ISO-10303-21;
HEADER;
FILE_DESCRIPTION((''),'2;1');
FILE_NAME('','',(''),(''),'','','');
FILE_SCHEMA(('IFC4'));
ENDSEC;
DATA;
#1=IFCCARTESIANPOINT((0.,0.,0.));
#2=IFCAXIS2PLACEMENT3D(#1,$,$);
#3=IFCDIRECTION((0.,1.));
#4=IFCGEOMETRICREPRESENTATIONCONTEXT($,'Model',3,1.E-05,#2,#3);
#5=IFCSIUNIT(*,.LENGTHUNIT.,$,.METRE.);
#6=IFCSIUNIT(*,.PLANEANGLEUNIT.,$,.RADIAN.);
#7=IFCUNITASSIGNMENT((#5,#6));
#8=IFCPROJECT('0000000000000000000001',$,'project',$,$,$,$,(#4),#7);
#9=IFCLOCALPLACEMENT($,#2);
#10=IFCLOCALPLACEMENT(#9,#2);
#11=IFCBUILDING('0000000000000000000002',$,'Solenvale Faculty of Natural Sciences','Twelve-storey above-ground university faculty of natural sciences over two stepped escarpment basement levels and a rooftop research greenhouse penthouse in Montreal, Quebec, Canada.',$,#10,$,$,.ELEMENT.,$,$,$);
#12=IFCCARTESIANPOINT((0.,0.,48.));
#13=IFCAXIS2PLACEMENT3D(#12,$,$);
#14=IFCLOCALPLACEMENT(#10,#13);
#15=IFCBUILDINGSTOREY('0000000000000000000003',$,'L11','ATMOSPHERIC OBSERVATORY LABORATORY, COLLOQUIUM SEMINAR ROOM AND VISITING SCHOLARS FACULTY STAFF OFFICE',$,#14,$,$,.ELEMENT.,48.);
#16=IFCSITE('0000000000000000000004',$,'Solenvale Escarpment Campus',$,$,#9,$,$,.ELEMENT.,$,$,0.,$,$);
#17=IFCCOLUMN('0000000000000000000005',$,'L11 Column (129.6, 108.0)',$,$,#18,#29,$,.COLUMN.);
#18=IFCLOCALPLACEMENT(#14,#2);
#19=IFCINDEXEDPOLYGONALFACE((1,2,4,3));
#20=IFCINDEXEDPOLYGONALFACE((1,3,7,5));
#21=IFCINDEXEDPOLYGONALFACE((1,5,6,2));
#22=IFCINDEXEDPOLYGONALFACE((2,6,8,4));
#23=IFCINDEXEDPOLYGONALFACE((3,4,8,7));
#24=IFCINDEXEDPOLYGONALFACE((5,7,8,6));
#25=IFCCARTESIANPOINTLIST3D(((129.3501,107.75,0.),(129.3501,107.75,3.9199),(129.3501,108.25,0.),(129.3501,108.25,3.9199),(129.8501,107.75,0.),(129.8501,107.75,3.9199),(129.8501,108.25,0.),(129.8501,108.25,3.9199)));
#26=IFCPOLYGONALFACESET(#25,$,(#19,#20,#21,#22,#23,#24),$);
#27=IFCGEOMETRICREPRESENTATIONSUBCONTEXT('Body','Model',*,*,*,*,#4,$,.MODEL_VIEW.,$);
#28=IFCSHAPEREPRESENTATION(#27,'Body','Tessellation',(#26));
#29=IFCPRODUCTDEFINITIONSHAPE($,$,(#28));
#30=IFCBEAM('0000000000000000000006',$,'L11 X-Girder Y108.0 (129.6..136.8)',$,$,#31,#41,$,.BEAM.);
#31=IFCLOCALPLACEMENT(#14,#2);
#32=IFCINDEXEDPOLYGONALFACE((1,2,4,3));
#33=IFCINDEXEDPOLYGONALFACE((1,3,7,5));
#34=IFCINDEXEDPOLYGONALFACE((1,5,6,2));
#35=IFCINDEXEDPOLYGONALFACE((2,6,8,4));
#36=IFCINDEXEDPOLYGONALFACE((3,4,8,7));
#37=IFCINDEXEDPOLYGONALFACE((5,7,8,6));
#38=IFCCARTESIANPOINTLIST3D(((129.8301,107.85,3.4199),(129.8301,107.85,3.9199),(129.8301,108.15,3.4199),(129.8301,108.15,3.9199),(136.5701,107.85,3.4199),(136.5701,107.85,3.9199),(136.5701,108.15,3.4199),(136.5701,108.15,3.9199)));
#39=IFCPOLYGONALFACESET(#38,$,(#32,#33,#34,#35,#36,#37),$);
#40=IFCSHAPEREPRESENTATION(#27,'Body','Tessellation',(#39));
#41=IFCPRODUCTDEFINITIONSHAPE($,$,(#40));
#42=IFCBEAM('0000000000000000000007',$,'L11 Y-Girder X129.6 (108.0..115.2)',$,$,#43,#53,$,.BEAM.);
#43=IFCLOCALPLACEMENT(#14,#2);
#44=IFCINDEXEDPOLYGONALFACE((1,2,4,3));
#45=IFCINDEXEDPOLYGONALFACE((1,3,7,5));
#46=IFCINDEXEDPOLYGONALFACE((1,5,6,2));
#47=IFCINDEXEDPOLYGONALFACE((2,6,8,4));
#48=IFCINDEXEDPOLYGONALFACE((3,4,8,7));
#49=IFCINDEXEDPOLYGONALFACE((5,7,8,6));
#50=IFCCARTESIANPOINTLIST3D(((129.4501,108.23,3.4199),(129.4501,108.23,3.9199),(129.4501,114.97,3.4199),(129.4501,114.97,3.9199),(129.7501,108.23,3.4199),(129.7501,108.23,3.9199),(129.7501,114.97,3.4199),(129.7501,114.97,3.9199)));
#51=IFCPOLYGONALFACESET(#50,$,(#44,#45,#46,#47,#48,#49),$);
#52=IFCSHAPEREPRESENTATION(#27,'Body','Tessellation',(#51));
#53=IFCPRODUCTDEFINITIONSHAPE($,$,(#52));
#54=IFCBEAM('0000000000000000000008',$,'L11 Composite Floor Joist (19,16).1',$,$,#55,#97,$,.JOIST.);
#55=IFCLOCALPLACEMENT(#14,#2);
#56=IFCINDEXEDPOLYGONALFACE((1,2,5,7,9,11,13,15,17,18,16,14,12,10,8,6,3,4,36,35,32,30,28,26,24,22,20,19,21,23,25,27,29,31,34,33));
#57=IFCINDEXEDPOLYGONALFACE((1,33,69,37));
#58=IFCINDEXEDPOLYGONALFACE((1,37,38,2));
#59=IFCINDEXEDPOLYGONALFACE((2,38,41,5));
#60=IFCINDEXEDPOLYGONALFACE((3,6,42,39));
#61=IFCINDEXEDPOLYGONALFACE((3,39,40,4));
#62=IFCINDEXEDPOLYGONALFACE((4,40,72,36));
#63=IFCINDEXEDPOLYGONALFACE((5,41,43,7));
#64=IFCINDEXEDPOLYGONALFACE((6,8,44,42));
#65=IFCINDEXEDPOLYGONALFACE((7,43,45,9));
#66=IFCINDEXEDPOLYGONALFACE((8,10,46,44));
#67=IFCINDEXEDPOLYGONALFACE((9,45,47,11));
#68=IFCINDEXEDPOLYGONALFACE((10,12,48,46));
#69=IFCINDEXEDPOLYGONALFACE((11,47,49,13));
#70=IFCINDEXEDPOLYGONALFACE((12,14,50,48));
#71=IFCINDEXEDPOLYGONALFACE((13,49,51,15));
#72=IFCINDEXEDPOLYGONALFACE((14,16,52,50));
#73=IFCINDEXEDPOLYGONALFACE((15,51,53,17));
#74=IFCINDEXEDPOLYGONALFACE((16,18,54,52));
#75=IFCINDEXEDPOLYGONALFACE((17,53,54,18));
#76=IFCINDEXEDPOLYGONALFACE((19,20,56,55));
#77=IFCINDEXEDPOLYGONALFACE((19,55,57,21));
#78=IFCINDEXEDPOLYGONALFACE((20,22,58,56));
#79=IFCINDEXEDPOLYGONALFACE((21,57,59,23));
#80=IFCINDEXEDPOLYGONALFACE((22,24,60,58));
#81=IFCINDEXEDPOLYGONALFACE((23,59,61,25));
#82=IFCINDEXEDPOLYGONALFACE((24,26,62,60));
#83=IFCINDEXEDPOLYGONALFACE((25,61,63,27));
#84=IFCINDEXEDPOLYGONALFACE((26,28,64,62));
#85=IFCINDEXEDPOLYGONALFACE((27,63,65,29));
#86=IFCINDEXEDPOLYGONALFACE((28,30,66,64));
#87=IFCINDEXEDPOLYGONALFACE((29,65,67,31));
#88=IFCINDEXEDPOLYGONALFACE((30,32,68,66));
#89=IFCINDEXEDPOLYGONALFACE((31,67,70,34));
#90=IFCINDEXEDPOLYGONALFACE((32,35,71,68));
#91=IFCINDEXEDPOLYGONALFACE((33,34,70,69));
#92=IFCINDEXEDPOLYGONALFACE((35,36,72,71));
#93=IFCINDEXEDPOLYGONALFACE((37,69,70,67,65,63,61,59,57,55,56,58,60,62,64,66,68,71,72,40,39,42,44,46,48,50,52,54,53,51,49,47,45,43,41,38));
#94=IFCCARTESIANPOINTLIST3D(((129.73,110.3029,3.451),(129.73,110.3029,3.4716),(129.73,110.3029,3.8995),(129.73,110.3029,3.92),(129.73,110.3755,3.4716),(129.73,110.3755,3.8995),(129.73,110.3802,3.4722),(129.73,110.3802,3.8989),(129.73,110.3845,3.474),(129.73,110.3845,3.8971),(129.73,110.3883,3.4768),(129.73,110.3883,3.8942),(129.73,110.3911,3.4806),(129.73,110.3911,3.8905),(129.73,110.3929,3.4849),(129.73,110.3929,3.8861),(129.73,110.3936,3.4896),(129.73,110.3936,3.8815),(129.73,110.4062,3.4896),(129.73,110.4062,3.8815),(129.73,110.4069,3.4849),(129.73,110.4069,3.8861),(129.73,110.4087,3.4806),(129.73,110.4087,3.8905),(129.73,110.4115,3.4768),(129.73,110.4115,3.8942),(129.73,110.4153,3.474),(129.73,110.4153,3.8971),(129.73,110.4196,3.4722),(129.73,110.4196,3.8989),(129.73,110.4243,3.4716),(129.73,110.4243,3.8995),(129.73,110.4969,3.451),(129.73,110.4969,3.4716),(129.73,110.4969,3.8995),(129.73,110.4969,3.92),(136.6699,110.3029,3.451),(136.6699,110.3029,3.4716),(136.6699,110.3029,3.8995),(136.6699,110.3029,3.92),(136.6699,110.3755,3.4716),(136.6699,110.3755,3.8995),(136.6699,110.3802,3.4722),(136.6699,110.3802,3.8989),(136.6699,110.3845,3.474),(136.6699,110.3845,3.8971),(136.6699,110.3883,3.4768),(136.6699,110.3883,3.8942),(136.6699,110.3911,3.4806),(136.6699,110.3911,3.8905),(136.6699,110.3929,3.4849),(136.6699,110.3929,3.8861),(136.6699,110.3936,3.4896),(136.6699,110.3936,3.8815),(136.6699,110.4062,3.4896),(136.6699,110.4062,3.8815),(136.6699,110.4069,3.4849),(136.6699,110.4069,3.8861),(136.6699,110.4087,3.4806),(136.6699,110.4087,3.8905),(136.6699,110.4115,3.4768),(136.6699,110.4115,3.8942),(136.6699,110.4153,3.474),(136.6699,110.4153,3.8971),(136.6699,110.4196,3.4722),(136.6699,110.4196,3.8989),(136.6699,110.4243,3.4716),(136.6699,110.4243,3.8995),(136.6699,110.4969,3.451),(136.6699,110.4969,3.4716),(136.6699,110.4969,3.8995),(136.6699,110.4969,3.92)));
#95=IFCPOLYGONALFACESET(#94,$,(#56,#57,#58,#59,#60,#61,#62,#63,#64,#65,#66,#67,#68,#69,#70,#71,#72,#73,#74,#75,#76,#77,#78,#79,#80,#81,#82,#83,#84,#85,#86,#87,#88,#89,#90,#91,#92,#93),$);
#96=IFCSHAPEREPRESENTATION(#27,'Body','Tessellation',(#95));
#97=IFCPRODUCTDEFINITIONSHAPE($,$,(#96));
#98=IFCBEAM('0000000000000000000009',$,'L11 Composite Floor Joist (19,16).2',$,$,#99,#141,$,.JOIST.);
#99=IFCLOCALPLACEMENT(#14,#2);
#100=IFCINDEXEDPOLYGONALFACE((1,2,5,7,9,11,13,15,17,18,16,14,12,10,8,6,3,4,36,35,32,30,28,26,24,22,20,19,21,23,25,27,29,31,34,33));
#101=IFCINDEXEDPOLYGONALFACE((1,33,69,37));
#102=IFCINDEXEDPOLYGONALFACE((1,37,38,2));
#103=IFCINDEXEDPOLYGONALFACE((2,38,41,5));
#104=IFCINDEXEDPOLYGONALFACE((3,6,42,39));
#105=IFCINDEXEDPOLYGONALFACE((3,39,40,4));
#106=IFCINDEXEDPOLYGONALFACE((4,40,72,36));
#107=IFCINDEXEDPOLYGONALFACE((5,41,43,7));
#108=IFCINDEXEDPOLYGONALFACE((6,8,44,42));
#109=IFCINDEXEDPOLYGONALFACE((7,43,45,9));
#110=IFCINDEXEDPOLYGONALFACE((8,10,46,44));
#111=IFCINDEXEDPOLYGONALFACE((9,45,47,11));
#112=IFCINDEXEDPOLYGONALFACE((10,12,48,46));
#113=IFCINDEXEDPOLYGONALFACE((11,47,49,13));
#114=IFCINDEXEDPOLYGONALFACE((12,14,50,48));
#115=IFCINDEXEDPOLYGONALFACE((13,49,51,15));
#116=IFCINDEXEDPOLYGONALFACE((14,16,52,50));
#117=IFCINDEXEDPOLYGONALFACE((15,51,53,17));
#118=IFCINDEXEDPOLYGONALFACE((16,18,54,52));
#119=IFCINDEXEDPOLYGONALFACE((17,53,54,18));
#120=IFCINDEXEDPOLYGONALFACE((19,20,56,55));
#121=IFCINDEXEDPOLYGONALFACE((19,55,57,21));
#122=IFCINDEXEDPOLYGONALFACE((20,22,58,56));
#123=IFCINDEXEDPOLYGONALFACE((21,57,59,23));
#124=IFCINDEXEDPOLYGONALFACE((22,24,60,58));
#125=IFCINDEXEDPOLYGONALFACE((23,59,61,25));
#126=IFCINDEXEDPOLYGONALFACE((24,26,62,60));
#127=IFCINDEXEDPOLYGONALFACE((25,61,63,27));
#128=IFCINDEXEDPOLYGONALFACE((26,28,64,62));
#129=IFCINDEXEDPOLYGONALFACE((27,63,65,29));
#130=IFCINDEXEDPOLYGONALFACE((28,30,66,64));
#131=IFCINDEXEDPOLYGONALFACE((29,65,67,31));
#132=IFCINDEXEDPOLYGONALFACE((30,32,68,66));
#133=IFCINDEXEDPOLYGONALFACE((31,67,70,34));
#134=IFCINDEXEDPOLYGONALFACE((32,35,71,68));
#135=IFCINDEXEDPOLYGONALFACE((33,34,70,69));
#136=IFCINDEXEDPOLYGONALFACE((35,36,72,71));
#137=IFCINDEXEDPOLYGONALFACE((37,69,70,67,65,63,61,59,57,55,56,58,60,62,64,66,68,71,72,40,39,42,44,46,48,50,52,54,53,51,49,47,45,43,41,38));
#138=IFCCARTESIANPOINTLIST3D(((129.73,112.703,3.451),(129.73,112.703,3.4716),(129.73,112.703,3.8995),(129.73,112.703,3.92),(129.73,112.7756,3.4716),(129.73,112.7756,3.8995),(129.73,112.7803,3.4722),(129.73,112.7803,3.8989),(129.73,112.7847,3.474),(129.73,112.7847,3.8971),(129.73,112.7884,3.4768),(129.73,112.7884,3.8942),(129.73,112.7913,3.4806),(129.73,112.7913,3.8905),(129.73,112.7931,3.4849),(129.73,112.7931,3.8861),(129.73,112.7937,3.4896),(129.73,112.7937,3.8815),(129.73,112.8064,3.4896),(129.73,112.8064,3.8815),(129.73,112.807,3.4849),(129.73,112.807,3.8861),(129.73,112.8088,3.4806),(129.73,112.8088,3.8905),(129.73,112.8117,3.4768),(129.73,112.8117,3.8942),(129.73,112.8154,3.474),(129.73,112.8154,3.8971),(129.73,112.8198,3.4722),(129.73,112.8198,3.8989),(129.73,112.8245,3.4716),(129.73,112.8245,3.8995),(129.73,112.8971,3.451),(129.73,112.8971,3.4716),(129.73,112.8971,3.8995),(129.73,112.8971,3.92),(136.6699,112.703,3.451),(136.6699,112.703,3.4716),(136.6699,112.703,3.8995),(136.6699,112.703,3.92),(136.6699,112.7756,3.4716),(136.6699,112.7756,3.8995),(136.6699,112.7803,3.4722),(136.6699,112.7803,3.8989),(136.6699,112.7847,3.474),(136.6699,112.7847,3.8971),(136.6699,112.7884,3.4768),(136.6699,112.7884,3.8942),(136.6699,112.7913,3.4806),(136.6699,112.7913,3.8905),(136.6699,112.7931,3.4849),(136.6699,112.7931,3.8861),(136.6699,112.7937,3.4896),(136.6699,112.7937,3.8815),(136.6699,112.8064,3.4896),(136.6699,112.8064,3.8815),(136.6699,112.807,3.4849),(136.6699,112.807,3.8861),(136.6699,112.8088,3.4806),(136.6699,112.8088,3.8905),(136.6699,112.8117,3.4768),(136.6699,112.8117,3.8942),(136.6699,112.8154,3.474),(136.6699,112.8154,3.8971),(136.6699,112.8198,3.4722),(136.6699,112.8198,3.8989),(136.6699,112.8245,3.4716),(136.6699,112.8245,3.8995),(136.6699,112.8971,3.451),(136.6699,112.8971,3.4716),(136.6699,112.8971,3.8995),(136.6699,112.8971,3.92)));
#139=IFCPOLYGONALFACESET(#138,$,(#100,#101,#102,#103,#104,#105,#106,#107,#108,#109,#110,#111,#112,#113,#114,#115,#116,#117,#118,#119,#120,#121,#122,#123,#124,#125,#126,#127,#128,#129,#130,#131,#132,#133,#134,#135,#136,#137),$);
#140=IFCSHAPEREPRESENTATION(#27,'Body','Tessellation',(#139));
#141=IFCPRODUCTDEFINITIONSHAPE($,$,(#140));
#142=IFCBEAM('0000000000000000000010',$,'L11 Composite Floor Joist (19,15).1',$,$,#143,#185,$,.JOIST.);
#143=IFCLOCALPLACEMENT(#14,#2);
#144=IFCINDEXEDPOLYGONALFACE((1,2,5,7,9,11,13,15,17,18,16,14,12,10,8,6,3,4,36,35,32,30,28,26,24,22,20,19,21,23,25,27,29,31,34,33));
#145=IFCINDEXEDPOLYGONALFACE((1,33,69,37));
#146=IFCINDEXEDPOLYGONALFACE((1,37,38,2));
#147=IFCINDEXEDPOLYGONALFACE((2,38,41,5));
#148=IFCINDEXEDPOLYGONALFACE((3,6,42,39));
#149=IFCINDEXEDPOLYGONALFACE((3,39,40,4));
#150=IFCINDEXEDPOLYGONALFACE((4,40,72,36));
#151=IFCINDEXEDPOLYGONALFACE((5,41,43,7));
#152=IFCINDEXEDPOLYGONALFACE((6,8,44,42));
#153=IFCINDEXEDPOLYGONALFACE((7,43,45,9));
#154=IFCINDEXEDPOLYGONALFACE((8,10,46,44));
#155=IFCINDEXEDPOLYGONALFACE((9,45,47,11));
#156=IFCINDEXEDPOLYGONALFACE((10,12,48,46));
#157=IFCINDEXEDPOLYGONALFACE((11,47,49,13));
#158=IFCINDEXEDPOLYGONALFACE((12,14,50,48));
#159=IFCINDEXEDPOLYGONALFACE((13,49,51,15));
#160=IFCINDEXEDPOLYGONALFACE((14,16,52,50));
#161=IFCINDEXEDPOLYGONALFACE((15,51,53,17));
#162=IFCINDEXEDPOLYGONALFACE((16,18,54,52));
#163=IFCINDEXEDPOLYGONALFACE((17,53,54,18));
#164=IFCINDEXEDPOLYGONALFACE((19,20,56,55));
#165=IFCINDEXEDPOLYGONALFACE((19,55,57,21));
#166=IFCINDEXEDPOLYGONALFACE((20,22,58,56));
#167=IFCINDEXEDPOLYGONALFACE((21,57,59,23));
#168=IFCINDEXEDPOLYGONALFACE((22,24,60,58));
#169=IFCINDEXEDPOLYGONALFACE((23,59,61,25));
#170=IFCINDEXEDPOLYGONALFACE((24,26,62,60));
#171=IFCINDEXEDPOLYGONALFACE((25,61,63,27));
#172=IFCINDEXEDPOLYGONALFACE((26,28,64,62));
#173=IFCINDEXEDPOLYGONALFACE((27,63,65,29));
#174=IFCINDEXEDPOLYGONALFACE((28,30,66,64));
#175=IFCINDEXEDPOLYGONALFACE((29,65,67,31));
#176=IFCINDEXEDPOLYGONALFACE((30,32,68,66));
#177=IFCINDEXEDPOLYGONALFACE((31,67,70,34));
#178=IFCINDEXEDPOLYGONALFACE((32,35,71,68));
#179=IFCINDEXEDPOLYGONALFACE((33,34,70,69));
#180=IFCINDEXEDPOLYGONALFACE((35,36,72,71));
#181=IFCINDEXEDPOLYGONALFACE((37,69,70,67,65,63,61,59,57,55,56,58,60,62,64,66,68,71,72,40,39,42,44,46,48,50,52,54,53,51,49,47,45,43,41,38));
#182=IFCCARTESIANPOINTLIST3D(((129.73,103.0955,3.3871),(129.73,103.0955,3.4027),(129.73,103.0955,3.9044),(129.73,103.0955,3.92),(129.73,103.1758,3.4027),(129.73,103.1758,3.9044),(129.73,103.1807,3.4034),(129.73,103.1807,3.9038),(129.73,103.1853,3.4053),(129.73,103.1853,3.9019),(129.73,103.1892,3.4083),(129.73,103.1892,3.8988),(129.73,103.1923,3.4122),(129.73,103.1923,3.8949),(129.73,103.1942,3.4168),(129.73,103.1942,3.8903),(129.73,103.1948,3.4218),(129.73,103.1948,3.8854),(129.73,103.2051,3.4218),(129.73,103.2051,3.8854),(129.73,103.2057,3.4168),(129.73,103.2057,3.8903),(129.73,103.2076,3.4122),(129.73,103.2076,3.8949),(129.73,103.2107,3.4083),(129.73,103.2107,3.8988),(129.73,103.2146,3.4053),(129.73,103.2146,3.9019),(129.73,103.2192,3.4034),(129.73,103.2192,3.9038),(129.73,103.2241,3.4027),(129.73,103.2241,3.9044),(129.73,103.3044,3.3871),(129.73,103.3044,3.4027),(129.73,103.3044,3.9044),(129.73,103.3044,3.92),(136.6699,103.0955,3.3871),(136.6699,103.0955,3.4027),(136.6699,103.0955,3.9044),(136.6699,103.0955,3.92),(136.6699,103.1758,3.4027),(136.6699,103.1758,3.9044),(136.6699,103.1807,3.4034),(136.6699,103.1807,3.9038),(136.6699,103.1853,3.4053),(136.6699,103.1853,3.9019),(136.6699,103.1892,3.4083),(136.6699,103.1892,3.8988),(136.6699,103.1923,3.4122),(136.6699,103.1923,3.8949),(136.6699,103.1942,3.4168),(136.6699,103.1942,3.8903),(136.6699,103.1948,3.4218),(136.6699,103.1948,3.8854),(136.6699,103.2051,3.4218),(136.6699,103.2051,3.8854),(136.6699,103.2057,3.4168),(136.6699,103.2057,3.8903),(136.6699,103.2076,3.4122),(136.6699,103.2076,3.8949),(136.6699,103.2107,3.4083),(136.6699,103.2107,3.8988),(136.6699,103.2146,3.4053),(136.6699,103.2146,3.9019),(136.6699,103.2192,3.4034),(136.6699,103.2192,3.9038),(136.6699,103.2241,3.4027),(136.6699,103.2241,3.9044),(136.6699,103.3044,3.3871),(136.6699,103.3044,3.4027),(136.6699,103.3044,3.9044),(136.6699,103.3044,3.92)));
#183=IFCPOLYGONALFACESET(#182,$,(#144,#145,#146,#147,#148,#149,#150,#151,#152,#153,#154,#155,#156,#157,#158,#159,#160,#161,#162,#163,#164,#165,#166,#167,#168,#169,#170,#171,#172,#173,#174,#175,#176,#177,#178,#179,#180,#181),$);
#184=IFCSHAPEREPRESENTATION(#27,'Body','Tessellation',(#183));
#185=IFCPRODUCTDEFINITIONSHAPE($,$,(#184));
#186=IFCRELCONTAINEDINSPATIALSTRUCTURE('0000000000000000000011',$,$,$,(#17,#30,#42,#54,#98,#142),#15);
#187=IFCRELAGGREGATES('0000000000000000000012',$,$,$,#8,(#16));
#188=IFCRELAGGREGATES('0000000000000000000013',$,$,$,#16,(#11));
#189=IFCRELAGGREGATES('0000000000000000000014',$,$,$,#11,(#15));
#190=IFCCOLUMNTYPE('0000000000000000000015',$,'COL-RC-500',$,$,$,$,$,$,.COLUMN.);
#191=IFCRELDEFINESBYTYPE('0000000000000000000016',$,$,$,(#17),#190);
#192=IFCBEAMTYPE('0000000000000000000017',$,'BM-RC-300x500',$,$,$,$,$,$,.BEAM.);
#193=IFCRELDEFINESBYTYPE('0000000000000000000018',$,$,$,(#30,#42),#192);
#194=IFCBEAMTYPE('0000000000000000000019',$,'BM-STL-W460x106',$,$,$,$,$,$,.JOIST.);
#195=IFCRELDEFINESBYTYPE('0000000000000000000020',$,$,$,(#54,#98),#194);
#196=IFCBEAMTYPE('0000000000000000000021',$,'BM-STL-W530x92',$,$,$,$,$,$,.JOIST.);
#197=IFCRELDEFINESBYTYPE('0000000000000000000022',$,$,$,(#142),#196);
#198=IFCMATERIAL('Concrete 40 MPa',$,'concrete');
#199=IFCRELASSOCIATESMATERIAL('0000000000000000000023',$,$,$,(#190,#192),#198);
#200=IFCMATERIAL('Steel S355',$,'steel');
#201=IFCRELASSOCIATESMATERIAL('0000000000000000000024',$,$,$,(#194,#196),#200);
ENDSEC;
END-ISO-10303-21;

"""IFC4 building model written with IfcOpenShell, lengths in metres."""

from ifc_helpers import new_model, si_unit, direction, frame, origin, origin_2d, place, context, subcontext, project, spatial, rectangle, i_section, extrude, material, material_profile, profile_set, type_object, element, save


model = new_model("IFC4")

# Units and contexts
model_context = context("Model", 3, precision=1e-05, world=origin(), true_north=direction((0.0, 1.0)))
body_context = subcontext(model_context, "Body", "Model", "MODEL_VIEW")
ifc_project = project(units=[si_unit("LENGTHUNIT", "METRE"), si_unit("PLANEANGLEUNIT", "RADIAN")], contexts=[model_context])

# Site, building, storey
site_placement = place(None, origin())
site = spatial("IfcSite", under=ifc_project, at=site_placement, Name="Solenvale Escarpment Campus", CompositionType="ELEMENT", RefElevation=0.0)
building_placement = place(site_placement, origin())
building = spatial("IfcBuilding", under=site, at=building_placement, Name="Solenvale Faculty of Natural Sciences", Description="Twelve-storey above-ground university faculty of natural sciences over two stepped escarpment basement levels and a rooftop research greenhouse penthouse in Montreal, Quebec, Canada.", CompositionType="ELEMENT")
storey_placement = place(building_placement, frame((0.0, 0.0, 48.0)))
storey = spatial("IfcBuildingStorey", under=building, at=storey_placement, Name="L11", Description="ATMOSPHERIC OBSERVATORY LABORATORY, COLLOQUIUM SEMINAR ROOM AND VISITING SCHOLARS FACULTY STAFF OFFICE", CompositionType="ELEMENT", Elevation=48.0)

# Column
ifc_material_1 = material(Name="Concrete 40 MPa", Category="concrete")
ifc_material_profile_1 = material_profile(ifc_material_1, rectangle(XDim=0.5, YDim=0.5, at=origin_2d()), Name="RC-COL-500x500")
ifc_profile_set_1 = profile_set([ifc_material_profile_1], Name="Concrete 40 MPa")
column_type = type_object("IfcColumnType", Name="COL-RC-500", PredefinedType="COLUMN", material=ifc_profile_set_1)
column_placement = place(storey_placement, frame((129.6001, 108.0, 0.0), z_axis=(0.0, 0.0, 1.0), x_axis=(1.0, 0.0, 0.0)))
element("IfcColumn", 1, at=column_placement, inside=storey, type_object=column_type, Name="L11 Column (129.6, 108.0)", PredefinedType="COLUMN", context=body_context, shape_type="SweptSolid", body=[
    extrude(rectangle(XDim=0.5, YDim=0.5, at=origin_2d()), origin(), (0.0, 0.0, 1.0), 3.9199),
])

# Beams
ifc_material_profile_2 = material_profile(ifc_material_1, rectangle(XDim=0.3, YDim=0.5, at=origin_2d()), Name="RC-BM-300x500")
ifc_profile_set_2 = profile_set([ifc_material_profile_2], Name="Concrete 40 MPa")
beam_type_1 = type_object("IfcBeamType", Name="BM-RC-300x500", PredefinedType="BEAM", material=ifc_profile_set_2)
for number, where, z_axis, x_axis, name in (
    (2, (129.8301, 108.0, 3.6699), (1.0, 0.0, 0.0), (0.0, 1.0, 0.0), "L11 X-Girder Y108.0 (129.6..136.8)"),
    (3, (129.6001, 108.23, 3.6699), (0.0, 1.0, 0.0), (-1.0, 0.0, 0.0), "L11 Y-Girder X129.6 (108.0..115.2)"),
):
    element("IfcBeam", number, at=place(storey_placement, frame(where, z_axis=z_axis, x_axis=x_axis)), inside=storey, type_object=beam_type_1, Name=name, PredefinedType="BEAM", context=body_context, shape_type="SweptSolid", body=[
        extrude(rectangle(XDim=0.3, YDim=0.5, at=origin_2d()), origin(), (0.0, 0.0, 1.0), 6.74),
    ])
ifc_material_2 = material(Name="Steel S355", Category="steel")
ifc_material_profile_3 = material_profile(ifc_material_2, i_section(OverallWidth=0.1941, OverallDepth=0.469, WebThickness=0.0127, FlangeThickness=0.0205, FilletRadius=0.0181, at=origin_2d()), Name="W460x106")
ifc_profile_set_3 = profile_set([ifc_material_profile_3], Name="Steel S355")
beam_type_2 = type_object("IfcBeamType", Name="BM-STL-W460x106", PredefinedType="JOIST", material=ifc_profile_set_3)
for number, where, z_axis, x_axis, name in (
    (4, (129.73, 110.3999, 3.6855), (1.0, 0.0, 0.0), (0.0, 1.0, 0.0), "L11 Composite Floor Joist (19,16).1"),
    (5, (129.73, 112.8, 3.6855), (1.0, 0.0, 0.0), (0.0, 1.0, 0.0), "L11 Composite Floor Joist (19,16).2"),
):
    element("IfcBeam", number, at=place(storey_placement, frame(where, z_axis=z_axis, x_axis=x_axis)), inside=storey, type_object=beam_type_2, Name=name, PredefinedType="JOIST", context=body_context, shape_type="SweptSolid", body=[
        extrude(i_section(OverallWidth=0.1941, OverallDepth=0.469, WebThickness=0.0127, FlangeThickness=0.0205, FilletRadius=0.0181, at=origin_2d()), origin(), (0.0, 0.0, 1.0), 6.9399),
    ])
ifc_material_profile_4 = material_profile(ifc_material_2, i_section(OverallWidth=0.209, OverallDepth=0.533, WebThickness=0.0103, FlangeThickness=0.0156, FilletRadius=0.019, at=origin_2d()), Name="W530x92")
ifc_profile_set_4 = profile_set([ifc_material_profile_4], Name="Steel S355")
beam_type_3 = type_object("IfcBeamType", Name="BM-STL-W530x92", PredefinedType="JOIST", material=ifc_profile_set_4)
for number, where, z_axis, x_axis, name in (
    (6, (129.73, 103.2, 3.6536), (1.0, 0.0, 0.0), (0.0, 1.0, 0.0), "L11 Composite Floor Joist (19,15).1"),
):
    element("IfcBeam", number, at=place(storey_placement, frame(where, z_axis=z_axis, x_axis=x_axis)), inside=storey, type_object=beam_type_3, Name=name, PredefinedType="JOIST", context=body_context, shape_type="SweptSolid", body=[
        extrude(i_section(OverallWidth=0.209, OverallDepth=0.533, WebThickness=0.0103, FlangeThickness=0.0156, FilletRadius=0.019, at=origin_2d()), origin(), (0.0, 0.0, 1.0), 6.9399),
    ])

save(model, "model.ifc")
